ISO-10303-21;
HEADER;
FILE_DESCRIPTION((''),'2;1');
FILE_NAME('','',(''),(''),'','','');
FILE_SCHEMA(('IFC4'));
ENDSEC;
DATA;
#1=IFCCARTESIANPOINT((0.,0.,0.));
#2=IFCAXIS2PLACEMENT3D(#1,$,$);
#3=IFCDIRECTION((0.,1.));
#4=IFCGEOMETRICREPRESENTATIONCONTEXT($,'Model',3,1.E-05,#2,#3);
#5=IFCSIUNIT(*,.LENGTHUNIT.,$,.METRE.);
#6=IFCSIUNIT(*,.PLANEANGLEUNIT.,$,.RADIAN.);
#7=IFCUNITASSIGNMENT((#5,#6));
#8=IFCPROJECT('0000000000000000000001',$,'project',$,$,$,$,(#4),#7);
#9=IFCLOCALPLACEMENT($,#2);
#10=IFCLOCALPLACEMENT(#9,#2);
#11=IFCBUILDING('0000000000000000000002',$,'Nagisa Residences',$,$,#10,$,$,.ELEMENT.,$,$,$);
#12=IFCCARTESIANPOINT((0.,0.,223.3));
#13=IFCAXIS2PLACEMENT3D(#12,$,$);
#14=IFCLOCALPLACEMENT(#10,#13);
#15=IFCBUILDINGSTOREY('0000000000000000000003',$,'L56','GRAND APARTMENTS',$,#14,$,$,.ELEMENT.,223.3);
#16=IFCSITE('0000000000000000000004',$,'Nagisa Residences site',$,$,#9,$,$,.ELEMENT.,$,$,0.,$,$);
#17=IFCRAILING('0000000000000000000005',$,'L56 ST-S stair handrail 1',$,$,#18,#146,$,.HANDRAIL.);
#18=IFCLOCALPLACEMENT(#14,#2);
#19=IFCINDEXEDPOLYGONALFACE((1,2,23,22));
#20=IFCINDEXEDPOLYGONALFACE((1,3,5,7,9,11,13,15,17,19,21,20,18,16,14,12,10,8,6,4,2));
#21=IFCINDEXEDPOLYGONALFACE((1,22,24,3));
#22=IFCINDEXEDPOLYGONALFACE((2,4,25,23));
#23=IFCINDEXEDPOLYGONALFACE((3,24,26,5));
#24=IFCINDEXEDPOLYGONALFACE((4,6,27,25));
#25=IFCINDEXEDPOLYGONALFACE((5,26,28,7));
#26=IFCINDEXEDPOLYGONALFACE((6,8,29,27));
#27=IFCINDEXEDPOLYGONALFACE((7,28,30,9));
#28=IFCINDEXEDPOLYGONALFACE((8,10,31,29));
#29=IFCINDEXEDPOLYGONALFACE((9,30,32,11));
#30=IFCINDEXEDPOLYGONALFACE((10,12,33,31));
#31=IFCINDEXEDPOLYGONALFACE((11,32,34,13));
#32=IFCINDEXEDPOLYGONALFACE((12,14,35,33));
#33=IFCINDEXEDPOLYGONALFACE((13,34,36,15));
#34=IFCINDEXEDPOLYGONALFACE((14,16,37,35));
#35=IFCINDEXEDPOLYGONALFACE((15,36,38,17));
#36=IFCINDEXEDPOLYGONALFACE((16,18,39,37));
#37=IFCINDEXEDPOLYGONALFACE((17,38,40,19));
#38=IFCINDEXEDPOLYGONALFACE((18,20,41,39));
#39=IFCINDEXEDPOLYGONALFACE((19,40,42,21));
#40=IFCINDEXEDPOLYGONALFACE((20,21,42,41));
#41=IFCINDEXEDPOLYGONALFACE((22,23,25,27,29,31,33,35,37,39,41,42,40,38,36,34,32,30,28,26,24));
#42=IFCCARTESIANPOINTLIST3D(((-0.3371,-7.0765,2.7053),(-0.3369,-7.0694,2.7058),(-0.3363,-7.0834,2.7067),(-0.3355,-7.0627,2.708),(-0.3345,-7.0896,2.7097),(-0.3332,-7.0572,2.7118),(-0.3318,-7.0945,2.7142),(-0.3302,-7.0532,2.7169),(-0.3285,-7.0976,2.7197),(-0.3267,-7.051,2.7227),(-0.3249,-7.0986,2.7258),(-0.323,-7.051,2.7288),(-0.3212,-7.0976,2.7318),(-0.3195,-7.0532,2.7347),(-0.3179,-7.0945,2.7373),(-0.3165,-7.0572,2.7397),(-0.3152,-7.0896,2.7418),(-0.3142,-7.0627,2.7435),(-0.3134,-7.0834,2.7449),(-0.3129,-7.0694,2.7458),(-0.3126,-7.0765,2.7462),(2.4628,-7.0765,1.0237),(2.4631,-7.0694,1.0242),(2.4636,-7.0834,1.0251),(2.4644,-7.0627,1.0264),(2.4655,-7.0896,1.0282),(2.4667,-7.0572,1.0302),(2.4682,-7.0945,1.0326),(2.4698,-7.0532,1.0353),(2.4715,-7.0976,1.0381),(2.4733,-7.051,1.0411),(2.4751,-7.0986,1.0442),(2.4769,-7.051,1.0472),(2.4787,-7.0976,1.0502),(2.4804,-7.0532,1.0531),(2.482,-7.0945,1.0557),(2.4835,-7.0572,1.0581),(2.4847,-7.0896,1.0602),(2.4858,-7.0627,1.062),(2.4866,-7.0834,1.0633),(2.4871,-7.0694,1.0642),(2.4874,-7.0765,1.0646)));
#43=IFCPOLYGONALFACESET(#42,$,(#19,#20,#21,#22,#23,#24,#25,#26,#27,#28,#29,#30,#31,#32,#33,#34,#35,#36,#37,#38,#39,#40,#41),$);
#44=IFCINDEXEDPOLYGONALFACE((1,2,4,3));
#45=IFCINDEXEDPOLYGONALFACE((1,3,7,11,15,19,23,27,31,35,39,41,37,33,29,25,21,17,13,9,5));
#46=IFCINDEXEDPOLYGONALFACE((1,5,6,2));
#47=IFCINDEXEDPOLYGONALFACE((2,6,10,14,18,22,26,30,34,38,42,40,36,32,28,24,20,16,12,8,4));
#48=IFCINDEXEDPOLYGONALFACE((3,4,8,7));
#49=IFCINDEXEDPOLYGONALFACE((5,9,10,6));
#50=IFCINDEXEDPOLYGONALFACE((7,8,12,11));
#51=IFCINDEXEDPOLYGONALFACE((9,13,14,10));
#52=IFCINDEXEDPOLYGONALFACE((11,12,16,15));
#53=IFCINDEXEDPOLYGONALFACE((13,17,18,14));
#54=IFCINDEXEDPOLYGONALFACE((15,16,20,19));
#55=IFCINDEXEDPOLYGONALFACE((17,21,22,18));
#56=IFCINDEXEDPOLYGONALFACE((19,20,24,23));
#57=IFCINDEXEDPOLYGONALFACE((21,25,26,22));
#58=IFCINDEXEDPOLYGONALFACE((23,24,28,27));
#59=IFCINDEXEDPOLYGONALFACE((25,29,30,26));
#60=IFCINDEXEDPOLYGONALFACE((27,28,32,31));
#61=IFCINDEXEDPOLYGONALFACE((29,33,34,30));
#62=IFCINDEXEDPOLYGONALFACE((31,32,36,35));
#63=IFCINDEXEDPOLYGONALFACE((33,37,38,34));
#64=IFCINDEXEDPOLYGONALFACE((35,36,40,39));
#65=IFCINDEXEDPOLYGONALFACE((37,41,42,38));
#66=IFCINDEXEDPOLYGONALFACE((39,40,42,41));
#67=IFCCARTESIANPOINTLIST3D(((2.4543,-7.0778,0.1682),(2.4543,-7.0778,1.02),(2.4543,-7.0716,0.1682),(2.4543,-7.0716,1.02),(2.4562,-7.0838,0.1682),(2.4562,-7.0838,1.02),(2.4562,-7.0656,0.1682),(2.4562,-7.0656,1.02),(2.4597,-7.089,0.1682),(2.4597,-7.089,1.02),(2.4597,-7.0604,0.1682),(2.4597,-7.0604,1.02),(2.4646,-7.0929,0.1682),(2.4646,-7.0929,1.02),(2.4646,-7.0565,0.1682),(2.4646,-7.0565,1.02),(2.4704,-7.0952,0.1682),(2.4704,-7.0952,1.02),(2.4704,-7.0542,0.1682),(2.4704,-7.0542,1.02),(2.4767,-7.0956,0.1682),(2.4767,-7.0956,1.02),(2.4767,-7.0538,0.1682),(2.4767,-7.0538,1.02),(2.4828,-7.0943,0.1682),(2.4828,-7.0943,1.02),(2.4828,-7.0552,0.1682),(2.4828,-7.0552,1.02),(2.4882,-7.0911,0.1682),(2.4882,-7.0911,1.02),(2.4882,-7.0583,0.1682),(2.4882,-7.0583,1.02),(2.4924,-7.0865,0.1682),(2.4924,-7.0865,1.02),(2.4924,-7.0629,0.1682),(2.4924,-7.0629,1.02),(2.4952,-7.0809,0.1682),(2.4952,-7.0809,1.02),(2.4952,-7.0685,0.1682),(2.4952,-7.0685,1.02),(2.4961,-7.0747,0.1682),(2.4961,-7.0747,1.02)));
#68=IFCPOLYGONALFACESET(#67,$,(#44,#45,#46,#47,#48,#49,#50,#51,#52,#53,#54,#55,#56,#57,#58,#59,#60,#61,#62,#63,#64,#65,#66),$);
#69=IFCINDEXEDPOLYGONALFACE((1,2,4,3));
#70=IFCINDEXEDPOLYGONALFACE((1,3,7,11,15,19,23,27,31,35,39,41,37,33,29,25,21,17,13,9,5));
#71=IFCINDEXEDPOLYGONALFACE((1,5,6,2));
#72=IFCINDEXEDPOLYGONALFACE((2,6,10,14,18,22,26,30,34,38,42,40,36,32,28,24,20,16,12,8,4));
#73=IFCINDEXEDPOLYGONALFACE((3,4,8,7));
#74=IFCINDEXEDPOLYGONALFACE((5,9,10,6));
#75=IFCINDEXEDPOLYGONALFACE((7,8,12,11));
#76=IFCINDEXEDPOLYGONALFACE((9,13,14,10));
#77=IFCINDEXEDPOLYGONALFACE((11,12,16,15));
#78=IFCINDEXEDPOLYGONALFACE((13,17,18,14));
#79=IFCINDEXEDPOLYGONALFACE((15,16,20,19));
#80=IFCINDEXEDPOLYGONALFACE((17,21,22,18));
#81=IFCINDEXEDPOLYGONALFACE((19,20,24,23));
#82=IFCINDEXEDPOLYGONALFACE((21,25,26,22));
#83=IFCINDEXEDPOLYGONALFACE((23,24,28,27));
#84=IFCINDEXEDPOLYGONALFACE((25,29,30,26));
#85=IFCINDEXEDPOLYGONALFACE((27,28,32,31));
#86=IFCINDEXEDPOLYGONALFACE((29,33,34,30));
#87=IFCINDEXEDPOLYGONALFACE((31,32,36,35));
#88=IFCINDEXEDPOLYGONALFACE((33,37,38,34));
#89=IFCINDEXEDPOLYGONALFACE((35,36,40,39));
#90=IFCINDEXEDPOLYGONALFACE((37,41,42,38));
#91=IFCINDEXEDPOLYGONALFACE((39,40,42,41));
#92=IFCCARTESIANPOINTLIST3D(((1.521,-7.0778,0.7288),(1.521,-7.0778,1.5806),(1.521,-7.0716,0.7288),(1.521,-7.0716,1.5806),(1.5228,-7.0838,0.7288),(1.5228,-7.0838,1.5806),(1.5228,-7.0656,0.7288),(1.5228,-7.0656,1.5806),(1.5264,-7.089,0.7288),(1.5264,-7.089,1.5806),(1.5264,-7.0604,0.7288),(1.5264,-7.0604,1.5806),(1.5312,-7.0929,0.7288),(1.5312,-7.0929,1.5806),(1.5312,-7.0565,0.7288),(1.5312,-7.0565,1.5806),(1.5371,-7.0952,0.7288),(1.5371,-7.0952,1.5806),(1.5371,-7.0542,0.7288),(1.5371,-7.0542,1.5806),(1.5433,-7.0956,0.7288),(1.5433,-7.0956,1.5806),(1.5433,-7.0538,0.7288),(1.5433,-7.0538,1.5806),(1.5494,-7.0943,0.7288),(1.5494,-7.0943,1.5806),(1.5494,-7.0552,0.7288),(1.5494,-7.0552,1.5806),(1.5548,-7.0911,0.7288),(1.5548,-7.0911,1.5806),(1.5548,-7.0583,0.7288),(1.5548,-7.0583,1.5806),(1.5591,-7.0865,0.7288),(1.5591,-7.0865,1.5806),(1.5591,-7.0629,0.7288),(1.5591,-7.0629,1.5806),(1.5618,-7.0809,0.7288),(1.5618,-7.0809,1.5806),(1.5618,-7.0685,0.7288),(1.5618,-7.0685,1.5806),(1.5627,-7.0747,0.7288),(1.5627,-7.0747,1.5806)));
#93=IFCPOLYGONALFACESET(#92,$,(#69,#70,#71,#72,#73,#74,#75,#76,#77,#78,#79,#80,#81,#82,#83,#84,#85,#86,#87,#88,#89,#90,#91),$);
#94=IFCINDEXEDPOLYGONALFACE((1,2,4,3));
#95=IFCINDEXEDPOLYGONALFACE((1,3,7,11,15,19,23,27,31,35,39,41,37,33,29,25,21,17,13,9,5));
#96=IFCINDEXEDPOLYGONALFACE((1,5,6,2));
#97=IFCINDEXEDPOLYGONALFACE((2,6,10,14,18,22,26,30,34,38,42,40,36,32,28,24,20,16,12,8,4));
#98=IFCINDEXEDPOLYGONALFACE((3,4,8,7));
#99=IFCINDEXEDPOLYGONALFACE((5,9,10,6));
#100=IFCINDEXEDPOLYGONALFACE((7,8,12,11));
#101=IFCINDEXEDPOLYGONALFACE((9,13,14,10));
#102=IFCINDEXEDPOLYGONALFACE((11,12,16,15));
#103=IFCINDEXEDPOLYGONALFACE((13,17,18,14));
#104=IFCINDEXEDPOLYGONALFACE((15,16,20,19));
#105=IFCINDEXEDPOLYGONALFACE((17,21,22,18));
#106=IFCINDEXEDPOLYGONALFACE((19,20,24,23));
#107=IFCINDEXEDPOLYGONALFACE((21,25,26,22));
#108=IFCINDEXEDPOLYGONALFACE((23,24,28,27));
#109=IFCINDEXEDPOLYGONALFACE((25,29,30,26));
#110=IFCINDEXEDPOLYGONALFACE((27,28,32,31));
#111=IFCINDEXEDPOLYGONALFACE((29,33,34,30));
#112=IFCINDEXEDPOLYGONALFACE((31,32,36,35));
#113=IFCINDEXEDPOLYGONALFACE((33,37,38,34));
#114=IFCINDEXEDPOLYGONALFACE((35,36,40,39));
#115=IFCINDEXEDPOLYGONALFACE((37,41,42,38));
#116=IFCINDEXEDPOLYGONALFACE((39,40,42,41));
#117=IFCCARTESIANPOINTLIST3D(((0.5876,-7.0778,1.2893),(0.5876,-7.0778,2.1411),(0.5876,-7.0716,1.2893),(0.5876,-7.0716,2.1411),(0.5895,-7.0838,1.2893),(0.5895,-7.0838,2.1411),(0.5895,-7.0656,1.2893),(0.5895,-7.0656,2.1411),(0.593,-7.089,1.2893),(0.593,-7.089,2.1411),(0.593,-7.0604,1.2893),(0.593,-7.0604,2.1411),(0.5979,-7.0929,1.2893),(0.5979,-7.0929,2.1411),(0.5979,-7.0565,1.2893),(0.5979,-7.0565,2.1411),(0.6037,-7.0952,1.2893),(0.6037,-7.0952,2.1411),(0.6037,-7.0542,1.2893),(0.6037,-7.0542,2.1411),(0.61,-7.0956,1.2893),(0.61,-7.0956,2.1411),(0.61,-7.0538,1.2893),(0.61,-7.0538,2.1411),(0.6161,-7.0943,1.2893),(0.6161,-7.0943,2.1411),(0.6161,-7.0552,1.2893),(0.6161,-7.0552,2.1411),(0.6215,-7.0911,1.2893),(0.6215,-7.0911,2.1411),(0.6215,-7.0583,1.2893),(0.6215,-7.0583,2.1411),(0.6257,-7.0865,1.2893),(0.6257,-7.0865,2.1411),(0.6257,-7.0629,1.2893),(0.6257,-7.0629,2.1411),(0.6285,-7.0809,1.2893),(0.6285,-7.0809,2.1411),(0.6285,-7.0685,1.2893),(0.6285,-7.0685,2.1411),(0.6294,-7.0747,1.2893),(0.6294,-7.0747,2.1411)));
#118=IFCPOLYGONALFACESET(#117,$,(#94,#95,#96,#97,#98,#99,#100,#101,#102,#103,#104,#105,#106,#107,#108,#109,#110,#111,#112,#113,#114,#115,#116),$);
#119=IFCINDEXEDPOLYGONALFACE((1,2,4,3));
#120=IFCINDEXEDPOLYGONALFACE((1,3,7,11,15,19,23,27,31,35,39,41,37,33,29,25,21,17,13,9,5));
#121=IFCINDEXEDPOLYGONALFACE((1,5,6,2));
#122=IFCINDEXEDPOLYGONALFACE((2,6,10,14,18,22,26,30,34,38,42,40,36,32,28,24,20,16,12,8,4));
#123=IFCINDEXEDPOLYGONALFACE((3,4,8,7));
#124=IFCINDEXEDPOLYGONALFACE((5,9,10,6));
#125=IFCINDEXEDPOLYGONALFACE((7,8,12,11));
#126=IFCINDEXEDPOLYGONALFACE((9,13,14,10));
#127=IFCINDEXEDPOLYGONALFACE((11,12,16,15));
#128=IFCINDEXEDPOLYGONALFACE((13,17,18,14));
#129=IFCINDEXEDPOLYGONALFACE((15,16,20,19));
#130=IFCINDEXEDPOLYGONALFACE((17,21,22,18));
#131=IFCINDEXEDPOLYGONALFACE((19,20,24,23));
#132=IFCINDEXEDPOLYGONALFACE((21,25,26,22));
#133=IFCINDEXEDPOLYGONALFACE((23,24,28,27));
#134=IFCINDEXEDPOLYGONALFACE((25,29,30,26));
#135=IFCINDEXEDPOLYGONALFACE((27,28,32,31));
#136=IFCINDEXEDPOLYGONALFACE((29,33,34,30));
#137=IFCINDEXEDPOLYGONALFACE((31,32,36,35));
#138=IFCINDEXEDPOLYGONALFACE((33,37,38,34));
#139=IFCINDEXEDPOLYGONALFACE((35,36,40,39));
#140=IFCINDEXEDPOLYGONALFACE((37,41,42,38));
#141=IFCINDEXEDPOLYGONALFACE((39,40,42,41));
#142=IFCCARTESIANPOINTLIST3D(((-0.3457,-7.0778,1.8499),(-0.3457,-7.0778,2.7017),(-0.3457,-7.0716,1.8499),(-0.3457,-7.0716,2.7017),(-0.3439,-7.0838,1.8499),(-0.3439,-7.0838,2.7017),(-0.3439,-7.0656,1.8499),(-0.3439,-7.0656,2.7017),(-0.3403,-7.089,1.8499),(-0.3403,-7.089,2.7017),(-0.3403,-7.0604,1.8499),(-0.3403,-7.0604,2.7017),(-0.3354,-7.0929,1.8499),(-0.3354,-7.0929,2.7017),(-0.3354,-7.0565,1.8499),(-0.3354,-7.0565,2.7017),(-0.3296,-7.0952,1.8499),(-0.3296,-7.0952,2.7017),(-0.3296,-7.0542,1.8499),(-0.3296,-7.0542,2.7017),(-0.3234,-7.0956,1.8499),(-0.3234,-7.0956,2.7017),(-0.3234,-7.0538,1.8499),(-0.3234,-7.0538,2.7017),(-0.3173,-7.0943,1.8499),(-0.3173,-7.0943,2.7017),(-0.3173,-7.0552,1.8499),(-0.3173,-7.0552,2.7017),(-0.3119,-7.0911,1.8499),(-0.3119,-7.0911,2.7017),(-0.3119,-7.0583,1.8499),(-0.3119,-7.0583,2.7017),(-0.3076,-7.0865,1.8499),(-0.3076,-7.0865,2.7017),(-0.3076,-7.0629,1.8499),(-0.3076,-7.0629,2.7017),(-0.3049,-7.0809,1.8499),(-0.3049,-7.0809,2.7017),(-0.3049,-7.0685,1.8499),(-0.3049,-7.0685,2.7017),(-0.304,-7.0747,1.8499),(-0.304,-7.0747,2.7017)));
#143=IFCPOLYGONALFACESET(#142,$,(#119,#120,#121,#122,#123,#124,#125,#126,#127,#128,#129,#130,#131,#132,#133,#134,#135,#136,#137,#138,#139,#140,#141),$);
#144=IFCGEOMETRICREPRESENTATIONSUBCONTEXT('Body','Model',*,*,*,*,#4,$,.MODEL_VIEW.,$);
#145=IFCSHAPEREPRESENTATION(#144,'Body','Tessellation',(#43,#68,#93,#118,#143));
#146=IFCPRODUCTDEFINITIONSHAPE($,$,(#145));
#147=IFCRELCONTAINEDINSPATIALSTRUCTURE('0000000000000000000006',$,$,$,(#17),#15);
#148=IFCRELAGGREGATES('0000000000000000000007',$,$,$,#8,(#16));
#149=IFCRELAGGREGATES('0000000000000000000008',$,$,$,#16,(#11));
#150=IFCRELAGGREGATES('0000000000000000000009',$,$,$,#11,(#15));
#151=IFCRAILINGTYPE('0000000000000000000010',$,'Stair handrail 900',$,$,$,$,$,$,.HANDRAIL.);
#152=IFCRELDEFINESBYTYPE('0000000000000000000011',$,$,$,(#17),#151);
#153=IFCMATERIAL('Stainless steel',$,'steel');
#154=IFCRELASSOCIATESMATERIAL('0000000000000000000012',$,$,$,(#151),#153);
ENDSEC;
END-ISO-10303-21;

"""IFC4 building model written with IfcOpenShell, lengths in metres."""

from ifc_helpers import new_model, si_unit, direction, frame, origin, origin_2d, place, context, subcontext, project, spatial, circle, extrude, material, type_object, element, save


model = new_model("IFC4")

# Units and contexts
model_context = context("Model", 3, precision=1e-05, world=origin(), true_north=direction((0.0, 1.0)))
body_context = subcontext(model_context, "Body", "Model", "MODEL_VIEW")
ifc_project = project(units=[si_unit("LENGTHUNIT", "METRE"), si_unit("PLANEANGLEUNIT", "RADIAN")], contexts=[model_context])

# Site, building, storey
site_placement = place(None, origin())
site = spatial("IfcSite", under=ifc_project, at=site_placement, Name="Nagisa Residences site", CompositionType="ELEMENT", RefElevation=0.0)
building_placement = place(site_placement, origin())
building = spatial("IfcBuilding", under=site, at=building_placement, Name="Nagisa Residences", CompositionType="ELEMENT")
storey_placement = place(building_placement, frame((0.0, 0.0, 223.3)))
storey = spatial("IfcBuildingStorey", under=building, at=storey_placement, Name="L56", Description="GRAND APARTMENTS", CompositionType="ELEMENT", Elevation=223.3)

# Railing
ifc_material_1 = material(Name="Stainless steel", Category="steel")
railing_type_1 = type_object("IfcRailingType", Name="Stair handrail 900", PredefinedType="HANDRAIL", material=ifc_material_1)
railing_1_placement = place(storey_placement, frame((2.4751, -7.0747, 0.1682)))
element("IfcRailing", 1, at=railing_1_placement, inside=storey, type_object=railing_type_1, Name="L56 ST-S stair handrail 1", PredefinedType="HANDRAIL", context=body_context, shape_type="SweptSolid", body=[
    extrude(circle(Radius=0.0239, at=origin_2d()), frame((0.0, 0.0, 0.876), z_axis=(-0.857275, 0.0, 0.514858), x_axis=(0.0, -1.0, 0.0)), (0.0, 0.0, 1.0), 3.2661),
    extrude(circle(Radius=0.021, at=origin_2d()), origin(), (0.0, 0.0, 1.0), 0.8518),
    extrude(circle(Radius=0.021, at=origin_2d()), frame((-0.9333, 0.0, 0.5605)), (0.0, 0.0, 1.0), 0.8518),
    extrude(circle(Radius=0.021, at=origin_2d()), frame((-1.8667, 0.0, 1.1211)), (0.0, 0.0, 1.0), 0.8518),
    extrude(circle(Radius=0.021, at=origin_2d()), frame((-2.8, 0.0, 1.6816)), (0.0, 0.0, 1.0), 0.8518),
])

save(model, "model.ifc")
